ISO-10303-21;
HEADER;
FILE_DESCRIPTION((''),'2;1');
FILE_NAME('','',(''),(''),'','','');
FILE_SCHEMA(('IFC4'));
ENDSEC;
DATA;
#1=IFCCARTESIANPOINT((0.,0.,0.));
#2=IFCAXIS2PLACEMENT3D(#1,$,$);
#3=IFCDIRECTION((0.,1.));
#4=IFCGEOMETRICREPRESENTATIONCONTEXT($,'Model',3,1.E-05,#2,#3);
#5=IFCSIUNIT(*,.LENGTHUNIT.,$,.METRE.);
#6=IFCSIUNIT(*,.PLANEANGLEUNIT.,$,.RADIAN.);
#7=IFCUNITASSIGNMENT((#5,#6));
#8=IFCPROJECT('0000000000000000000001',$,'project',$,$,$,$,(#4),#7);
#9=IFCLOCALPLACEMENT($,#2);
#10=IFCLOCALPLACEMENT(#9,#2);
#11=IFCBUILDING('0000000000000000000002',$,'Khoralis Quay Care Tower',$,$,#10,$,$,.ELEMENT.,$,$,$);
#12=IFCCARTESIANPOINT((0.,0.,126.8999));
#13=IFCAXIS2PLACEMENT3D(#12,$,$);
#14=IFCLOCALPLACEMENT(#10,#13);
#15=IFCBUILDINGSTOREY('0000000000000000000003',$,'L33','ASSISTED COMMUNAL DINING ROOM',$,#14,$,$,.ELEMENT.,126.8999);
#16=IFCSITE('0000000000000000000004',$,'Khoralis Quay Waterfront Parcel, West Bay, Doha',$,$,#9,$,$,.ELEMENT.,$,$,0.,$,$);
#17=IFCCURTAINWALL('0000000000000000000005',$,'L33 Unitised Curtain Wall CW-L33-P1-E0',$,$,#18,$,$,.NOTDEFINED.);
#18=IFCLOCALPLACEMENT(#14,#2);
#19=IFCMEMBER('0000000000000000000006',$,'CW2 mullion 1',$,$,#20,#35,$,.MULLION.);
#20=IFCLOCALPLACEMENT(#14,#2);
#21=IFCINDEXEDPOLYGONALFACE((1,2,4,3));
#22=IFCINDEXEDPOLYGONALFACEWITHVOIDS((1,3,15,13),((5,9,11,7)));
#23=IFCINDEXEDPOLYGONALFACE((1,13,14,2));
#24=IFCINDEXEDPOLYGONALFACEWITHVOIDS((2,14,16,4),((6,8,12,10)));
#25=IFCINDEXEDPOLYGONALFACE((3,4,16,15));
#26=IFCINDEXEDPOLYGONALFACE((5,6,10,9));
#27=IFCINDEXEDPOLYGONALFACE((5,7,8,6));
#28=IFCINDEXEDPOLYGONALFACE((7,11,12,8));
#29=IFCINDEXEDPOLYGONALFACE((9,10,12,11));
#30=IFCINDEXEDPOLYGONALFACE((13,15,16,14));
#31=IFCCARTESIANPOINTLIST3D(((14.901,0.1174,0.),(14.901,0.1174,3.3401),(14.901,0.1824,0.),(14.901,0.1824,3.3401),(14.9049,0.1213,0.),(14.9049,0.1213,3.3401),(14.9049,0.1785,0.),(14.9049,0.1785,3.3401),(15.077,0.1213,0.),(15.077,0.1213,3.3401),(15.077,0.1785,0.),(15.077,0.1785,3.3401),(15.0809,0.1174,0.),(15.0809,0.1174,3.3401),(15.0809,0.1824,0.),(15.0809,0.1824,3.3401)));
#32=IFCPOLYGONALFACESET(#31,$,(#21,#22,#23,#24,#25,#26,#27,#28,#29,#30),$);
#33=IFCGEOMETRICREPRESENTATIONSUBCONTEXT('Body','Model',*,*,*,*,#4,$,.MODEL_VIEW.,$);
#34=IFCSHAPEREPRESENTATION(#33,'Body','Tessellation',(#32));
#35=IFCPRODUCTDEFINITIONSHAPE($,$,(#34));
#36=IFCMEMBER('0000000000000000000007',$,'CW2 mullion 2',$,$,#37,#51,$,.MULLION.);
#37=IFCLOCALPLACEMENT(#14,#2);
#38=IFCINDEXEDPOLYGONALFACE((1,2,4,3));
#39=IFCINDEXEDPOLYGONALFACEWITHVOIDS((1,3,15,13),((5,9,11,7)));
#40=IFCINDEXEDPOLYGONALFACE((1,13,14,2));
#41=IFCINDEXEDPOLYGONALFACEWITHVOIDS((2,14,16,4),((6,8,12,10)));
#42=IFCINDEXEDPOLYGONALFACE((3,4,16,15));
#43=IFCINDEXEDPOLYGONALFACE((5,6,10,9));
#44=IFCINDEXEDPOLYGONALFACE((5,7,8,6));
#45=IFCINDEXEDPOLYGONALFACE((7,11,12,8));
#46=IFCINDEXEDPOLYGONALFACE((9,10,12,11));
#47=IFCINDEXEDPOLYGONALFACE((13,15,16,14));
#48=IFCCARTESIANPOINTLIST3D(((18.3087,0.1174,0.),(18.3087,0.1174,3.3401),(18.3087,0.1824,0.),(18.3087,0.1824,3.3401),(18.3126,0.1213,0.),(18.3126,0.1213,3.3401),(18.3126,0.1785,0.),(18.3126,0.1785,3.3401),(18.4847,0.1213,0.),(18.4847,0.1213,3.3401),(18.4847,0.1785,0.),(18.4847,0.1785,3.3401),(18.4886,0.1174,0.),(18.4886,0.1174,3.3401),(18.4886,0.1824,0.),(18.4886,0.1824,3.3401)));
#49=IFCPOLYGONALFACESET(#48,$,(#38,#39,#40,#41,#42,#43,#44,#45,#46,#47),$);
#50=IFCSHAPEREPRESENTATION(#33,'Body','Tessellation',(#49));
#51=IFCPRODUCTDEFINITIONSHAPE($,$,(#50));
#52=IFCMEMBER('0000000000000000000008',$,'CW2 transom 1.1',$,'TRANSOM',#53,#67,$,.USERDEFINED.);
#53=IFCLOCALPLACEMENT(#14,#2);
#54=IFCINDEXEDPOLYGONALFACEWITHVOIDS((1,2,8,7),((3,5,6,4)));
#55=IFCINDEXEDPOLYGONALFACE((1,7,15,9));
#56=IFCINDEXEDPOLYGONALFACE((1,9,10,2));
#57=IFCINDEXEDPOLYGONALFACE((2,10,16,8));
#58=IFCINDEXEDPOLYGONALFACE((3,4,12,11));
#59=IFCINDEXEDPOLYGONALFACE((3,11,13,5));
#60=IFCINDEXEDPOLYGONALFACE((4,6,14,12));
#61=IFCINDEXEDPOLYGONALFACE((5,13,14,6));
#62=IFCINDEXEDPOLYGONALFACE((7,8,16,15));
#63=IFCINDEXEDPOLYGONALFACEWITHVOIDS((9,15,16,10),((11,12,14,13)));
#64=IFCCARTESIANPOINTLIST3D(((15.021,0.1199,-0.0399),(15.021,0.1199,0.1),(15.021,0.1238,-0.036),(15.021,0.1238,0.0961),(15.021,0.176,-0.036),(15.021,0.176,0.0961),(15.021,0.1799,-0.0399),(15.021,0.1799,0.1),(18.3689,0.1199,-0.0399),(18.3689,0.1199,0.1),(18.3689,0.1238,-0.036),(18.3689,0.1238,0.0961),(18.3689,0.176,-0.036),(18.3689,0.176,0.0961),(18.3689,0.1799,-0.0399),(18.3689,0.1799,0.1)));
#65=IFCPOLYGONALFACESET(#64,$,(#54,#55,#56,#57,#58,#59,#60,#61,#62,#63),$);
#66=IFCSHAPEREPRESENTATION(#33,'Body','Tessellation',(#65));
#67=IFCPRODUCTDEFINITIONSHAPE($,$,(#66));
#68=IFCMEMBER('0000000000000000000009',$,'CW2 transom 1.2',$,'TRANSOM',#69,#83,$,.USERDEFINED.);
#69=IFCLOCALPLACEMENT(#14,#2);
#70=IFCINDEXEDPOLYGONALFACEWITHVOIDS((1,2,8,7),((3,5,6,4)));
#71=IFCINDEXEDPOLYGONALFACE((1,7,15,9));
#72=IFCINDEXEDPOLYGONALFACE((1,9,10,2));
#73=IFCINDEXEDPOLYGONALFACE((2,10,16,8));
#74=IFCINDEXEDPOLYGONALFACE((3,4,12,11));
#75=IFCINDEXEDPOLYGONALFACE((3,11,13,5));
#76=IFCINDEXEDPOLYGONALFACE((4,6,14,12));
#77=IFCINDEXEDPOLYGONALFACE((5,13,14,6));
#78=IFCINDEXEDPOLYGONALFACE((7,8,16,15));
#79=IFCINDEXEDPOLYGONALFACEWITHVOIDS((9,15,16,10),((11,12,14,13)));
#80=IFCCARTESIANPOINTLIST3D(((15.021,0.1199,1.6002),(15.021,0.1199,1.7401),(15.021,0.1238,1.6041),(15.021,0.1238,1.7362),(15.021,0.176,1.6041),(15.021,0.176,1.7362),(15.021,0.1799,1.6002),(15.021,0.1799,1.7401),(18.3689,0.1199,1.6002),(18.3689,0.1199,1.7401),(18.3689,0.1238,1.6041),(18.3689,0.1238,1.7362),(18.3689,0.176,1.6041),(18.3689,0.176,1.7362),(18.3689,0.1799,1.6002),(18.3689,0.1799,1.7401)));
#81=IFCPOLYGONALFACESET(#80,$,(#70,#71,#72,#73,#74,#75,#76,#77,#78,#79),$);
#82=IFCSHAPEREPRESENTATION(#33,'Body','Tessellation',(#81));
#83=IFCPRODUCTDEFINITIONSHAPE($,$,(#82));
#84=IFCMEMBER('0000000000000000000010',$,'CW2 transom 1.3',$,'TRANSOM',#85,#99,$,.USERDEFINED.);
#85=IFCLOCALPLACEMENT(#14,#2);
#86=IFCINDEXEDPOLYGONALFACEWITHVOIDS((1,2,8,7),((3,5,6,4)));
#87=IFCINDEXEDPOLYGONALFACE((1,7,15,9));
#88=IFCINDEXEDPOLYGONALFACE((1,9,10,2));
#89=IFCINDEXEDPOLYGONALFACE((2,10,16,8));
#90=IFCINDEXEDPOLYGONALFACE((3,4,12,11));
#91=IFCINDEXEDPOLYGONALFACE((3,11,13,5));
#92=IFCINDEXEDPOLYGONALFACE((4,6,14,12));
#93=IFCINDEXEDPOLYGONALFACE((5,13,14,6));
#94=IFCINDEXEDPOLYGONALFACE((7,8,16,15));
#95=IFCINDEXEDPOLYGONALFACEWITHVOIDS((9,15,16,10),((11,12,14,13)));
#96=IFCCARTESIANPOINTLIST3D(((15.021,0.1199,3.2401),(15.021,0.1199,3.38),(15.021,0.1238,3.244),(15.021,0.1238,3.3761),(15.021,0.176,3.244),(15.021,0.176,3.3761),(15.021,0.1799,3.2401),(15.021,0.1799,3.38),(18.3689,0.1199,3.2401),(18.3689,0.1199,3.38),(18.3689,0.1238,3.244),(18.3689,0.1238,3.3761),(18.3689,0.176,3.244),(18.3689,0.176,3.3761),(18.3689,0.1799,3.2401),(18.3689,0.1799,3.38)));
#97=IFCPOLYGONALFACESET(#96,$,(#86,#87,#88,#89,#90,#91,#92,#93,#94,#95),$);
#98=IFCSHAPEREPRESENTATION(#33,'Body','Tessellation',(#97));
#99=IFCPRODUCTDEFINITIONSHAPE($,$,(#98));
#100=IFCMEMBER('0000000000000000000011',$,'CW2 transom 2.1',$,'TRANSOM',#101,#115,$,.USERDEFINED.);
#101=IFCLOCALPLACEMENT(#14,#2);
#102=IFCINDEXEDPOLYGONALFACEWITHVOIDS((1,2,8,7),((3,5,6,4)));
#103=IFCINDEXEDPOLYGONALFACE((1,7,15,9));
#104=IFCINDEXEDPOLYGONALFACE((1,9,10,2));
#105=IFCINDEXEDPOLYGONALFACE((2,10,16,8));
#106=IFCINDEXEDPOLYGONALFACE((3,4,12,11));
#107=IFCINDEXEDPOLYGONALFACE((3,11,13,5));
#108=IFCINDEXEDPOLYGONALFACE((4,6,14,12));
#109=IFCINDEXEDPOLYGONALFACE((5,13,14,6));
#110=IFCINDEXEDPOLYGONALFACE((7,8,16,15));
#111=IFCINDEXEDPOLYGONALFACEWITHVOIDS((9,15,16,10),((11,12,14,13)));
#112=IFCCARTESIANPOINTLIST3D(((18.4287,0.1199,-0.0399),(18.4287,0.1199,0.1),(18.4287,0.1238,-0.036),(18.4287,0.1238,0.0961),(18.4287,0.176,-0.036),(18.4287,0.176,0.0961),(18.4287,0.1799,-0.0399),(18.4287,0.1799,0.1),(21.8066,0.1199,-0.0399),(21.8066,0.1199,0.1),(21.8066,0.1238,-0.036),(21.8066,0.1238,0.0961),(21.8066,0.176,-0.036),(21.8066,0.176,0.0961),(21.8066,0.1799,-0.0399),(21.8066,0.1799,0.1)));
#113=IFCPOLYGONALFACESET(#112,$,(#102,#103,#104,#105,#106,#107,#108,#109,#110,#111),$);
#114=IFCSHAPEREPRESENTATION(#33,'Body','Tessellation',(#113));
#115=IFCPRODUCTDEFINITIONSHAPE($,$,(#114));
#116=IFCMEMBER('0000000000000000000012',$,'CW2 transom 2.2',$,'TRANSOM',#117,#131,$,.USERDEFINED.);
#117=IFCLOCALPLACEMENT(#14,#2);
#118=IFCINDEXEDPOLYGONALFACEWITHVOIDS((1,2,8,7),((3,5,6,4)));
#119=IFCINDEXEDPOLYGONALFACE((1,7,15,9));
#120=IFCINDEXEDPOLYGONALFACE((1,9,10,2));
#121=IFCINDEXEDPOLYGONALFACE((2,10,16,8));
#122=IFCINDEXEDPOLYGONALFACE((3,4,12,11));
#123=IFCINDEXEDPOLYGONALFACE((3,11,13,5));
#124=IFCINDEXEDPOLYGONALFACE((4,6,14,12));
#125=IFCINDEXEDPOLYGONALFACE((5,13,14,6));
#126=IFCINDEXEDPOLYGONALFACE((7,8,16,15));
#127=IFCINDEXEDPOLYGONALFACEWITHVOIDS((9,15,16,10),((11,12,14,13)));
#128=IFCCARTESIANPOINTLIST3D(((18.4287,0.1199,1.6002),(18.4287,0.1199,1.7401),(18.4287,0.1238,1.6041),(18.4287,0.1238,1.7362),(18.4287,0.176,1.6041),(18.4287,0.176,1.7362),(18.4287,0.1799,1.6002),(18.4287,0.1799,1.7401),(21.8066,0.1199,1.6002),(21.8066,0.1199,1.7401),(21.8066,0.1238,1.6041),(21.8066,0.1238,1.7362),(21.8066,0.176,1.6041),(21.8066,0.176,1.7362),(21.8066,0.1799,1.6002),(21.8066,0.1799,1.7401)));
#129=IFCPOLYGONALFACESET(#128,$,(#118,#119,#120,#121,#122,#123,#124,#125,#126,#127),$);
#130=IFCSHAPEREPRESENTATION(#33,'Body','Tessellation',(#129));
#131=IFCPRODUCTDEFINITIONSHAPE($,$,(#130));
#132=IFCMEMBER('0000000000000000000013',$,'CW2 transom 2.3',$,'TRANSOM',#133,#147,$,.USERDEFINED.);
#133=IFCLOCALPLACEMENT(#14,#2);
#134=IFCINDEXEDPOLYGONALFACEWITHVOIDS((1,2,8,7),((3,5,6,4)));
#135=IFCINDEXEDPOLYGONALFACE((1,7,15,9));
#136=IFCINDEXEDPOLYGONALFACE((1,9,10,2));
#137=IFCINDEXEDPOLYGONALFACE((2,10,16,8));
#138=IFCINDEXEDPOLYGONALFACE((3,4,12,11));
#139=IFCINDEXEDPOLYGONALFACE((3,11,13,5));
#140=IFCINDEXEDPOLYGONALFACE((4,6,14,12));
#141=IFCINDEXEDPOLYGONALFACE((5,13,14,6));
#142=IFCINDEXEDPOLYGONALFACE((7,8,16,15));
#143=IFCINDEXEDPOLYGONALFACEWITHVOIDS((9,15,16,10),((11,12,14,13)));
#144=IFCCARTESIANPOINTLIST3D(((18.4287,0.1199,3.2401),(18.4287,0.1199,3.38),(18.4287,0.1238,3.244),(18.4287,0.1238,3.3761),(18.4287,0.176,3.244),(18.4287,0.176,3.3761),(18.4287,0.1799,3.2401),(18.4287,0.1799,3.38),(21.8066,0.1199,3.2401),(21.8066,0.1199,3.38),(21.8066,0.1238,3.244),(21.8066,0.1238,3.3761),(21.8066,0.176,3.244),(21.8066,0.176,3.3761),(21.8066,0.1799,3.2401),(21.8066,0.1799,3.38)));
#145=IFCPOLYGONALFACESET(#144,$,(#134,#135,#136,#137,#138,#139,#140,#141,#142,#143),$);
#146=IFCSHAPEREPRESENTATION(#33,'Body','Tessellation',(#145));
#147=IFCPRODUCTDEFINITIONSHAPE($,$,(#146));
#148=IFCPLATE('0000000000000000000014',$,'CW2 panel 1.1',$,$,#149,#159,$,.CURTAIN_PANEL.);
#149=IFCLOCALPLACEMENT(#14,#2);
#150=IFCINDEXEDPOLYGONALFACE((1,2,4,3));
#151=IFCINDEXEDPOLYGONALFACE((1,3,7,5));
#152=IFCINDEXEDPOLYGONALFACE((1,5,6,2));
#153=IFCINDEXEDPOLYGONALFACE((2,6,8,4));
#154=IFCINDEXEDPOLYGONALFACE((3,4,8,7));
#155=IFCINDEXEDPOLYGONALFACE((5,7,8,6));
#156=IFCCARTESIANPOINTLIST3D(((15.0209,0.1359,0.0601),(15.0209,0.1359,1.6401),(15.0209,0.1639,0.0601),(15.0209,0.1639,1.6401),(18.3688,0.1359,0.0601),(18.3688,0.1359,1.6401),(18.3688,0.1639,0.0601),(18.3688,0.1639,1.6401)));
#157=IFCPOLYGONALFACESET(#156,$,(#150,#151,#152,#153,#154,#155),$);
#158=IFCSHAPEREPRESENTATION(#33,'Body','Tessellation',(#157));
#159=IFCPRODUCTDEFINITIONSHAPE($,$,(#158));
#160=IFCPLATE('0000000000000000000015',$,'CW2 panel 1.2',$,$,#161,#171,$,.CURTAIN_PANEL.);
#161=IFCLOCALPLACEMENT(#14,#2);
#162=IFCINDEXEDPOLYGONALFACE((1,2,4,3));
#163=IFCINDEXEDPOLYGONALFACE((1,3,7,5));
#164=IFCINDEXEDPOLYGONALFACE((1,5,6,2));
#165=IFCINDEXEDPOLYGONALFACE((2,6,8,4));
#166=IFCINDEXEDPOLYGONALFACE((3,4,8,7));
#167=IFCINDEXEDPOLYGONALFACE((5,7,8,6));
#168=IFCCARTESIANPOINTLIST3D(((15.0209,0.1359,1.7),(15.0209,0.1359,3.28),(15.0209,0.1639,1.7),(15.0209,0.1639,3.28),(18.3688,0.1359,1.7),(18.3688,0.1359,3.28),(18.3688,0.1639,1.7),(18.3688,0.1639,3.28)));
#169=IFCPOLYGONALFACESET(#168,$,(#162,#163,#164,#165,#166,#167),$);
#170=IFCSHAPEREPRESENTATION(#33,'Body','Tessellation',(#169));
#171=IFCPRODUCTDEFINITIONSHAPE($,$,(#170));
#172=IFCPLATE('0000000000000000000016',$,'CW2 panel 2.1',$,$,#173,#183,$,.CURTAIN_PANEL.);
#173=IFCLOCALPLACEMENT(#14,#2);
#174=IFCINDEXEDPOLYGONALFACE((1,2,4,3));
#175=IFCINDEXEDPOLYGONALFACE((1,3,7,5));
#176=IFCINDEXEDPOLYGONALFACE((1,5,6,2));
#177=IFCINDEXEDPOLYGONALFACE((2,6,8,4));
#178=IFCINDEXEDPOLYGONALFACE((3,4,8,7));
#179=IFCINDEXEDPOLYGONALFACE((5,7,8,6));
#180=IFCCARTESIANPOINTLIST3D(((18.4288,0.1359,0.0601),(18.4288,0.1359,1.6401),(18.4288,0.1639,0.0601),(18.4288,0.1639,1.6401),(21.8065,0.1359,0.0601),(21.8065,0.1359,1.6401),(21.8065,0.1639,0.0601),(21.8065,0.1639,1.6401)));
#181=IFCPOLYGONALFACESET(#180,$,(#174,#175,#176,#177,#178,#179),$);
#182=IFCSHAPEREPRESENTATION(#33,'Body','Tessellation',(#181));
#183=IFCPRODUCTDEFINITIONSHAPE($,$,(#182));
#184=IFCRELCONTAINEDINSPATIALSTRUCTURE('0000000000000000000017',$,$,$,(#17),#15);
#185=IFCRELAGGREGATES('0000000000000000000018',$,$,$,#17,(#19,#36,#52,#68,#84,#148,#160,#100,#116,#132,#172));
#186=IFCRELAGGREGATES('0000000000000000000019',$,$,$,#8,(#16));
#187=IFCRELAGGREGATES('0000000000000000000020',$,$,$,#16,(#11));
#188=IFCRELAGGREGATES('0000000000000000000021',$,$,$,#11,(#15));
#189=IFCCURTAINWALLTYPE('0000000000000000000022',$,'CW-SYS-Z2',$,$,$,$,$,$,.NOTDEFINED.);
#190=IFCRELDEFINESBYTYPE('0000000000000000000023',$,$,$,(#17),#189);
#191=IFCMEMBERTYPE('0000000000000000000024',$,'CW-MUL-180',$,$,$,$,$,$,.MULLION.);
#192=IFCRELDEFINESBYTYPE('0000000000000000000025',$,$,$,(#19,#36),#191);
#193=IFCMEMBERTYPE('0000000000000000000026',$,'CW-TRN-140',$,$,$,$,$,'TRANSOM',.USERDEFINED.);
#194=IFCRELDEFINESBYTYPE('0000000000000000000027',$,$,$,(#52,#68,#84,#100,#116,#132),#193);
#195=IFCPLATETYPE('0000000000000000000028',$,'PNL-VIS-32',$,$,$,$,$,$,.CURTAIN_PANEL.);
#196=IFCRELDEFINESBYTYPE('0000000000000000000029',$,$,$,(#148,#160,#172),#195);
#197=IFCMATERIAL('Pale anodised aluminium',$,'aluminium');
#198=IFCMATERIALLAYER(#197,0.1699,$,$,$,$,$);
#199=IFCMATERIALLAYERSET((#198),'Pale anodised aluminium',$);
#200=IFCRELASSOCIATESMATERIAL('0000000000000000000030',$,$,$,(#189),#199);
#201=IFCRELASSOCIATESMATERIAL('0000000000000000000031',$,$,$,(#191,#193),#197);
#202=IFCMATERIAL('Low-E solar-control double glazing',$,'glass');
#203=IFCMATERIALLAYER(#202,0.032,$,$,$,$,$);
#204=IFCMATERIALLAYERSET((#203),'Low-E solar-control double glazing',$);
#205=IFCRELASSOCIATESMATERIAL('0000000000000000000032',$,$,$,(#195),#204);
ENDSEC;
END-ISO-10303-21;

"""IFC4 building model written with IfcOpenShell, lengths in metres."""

from ifc_helpers import new_model, si_unit, direction, frame, origin, origin_2d, place, context, subcontext, project, spatial, rectangle, hollow_rectangle, extrude, source, transform, mapped, material, layer, layer_set, material_profile, profile_set, type_object, element, aggregate, save


model = new_model("IFC4")

# Units and contexts
model_context = context("Model", 3, precision=1e-05, world=origin(), true_north=direction((0.0, 1.0)))
body_context = subcontext(model_context, "Body", "Model", "MODEL_VIEW")
ifc_project = project(units=[si_unit("LENGTHUNIT", "METRE"), si_unit("PLANEANGLEUNIT", "RADIAN")], contexts=[model_context])

# Site, building, storey
site_placement = place(None, origin())
site = spatial("IfcSite", under=ifc_project, at=site_placement, Name="Khoralis Quay Waterfront Parcel, West Bay, Doha", CompositionType="ELEMENT", RefElevation=0.0)
building_placement = place(site_placement, origin())
building = spatial("IfcBuilding", under=site, at=building_placement, Name="Khoralis Quay Care Tower", CompositionType="ELEMENT")
storey_placement = place(building_placement, frame((0.0, 0.0, 126.8999)))
storey = spatial("IfcBuildingStorey", under=building, at=storey_placement, Name="L33", Description="ASSISTED COMMUNAL DINING ROOM", CompositionType="ELEMENT", Elevation=126.8999)

# Curtain wall, members, plates
ifc_material_1 = material(Name="Pale anodised aluminium", Category="aluminium")
ifc_layer_1 = layer(ifc_material_1, 0.1699)
ifc_layer_set_1 = layer_set([ifc_layer_1], Name="Pale anodised aluminium")
curtain_wall_type = type_object("IfcCurtainWallType", Name="CW-SYS-Z2", PredefinedType="NOTDEFINED", material=ifc_layer_set_1)
curtain_wall_placement = place(storey_placement, origin())
curtain_wall = element("IfcCurtainWall", 1, at=curtain_wall_placement, inside=storey, type_object=curtain_wall_type, Name="L33 Unitised Curtain Wall CW-L33-P1-E0", PredefinedType="NOTDEFINED")
ifc_material_profile_1 = material_profile(ifc_material_1, hollow_rectangle(XDim=0.0649, YDim=0.1799, WallThickness=0.0039, at=origin_2d()), Name="Pale anodised aluminium")
ifc_profile_set_1 = profile_set([ifc_material_profile_1], Name="Pale anodised aluminium")
member_type_1 = type_object("IfcMemberType", Name="CW-MUL-180", PredefinedType="MULLION", material=ifc_profile_set_1)
shared_shape_1 = source(origin(), body_context, "Body", "SweptSolid", [
    extrude(hollow_rectangle(XDim=0.0649, YDim=0.1799, WallThickness=0.0039, at=origin_2d()), origin(), (0.0, 0.0, 1.0), 3.3401),
])
member_1_placement = place(storey_placement, frame((14.991, 0.1499, 0.0), z_axis=(0.0, 0.0, 1.0), x_axis=(0.0, 1.0, 0.0)))
member_1 = element("IfcMember", 2, at=member_1_placement, type_object=member_type_1, Name="CW2 mullion 1", PredefinedType="MULLION", context=body_context, shape_type="MappedRepresentation", body=[
    mapped(shared_shape_1, transform((0.0, 0.0, 0.0), scale=1.0)),
])
member_2_placement = place(storey_placement, frame((18.3987, 0.1499, 0.0), z_axis=(0.0, 0.0, 1.0), x_axis=(0.0, 1.0, 0.0)))
member_2 = element("IfcMember", 3, at=member_2_placement, type_object=member_type_1, Name="CW2 mullion 2", PredefinedType="MULLION", context=body_context, shape_type="MappedRepresentation", body=[
    mapped(shared_shape_1, transform((0.0, 0.0, 0.0), scale=1.0)),
])
ifc_material_profile_2 = material_profile(ifc_material_1, hollow_rectangle(XDim=0.0601, YDim=0.1399, WallThickness=0.0039, at=origin_2d()), Name="Pale anodised aluminium")
ifc_profile_set_2 = profile_set([ifc_material_profile_2], Name="Pale anodised aluminium")
member_type_2 = type_object("IfcMemberType", Name="CW-TRN-140", ElementType="TRANSOM", PredefinedType="USERDEFINED", material=ifc_profile_set_2)
shared_shape_2 = source(origin(), body_context, "Body", "SweptSolid", [
    extrude(hollow_rectangle(XDim=0.0601, YDim=0.1399, WallThickness=0.0039, at=origin_2d()), origin(), (0.0, 0.0, 1.0), 3.3479),
])
member_3_placement = place(storey_placement, frame((15.021, 0.1499, 0.03), z_axis=(1.0, 0.0, 0.0), x_axis=(0.0, 1.0, 0.0)))
member_3 = element("IfcMember", 4, at=member_3_placement, type_object=member_type_2, Name="CW2 transom 1.1", ObjectType="TRANSOM", PredefinedType="USERDEFINED", context=body_context, shape_type="MappedRepresentation", body=[
    mapped(shared_shape_2, transform((0.0, 0.0, 0.0), scale=1.0)),
])
member_4_placement = place(storey_placement, frame((15.021, 0.1499, 1.6702), z_axis=(1.0, 0.0, 0.0), x_axis=(0.0, 1.0, 0.0)))
member_4 = element("IfcMember", 5, at=member_4_placement, type_object=member_type_2, Name="CW2 transom 1.2", ObjectType="TRANSOM", PredefinedType="USERDEFINED", context=body_context, shape_type="MappedRepresentation", body=[
    mapped(shared_shape_2, transform((0.0, 0.0, 0.0), scale=1.0)),
])
member_5_placement = place(storey_placement, frame((15.021, 0.1499, 3.3101), z_axis=(1.0, 0.0, 0.0), x_axis=(0.0, 1.0, 0.0)))
member_5 = element("IfcMember", 6, at=member_5_placement, type_object=member_type_2, Name="CW2 transom 1.3", ObjectType="TRANSOM", PredefinedType="USERDEFINED", context=body_context, shape_type="MappedRepresentation", body=[
    mapped(shared_shape_2, transform((0.0, 0.0, 0.0), scale=1.0)),
])
shared_shape_3 = source(origin(), body_context, "Body", "SweptSolid", [
    extrude(hollow_rectangle(XDim=0.0601, YDim=0.1399, WallThickness=0.0039, at=origin_2d()), origin(), (0.0, 0.0, 1.0), 3.3779),
])
member_6_placement = place(storey_placement, frame((18.4287, 0.1499, 0.03), z_axis=(1.0, 0.0, 0.0), x_axis=(0.0, 1.0, 0.0)))
member_6 = element("IfcMember", 7, at=member_6_placement, type_object=member_type_2, Name="CW2 transom 2.1", ObjectType="TRANSOM", PredefinedType="USERDEFINED", context=body_context, shape_type="MappedRepresentation", body=[
    mapped(shared_shape_3, transform((0.0, 0.0, 0.0), scale=1.0)),
])
member_7_placement = place(storey_placement, frame((18.4287, 0.1499, 1.6702), z_axis=(1.0, 0.0, 0.0), x_axis=(0.0, 1.0, 0.0)))
member_7 = element("IfcMember", 8, at=member_7_placement, type_object=member_type_2, Name="CW2 transom 2.2", ObjectType="TRANSOM", PredefinedType="USERDEFINED", context=body_context, shape_type="MappedRepresentation", body=[
    mapped(shared_shape_3, transform((0.0, 0.0, 0.0), scale=1.0)),
])
member_8_placement = place(storey_placement, frame((18.4287, 0.1499, 3.3101), z_axis=(1.0, 0.0, 0.0), x_axis=(0.0, 1.0, 0.0)))
member_8 = element("IfcMember", 9, at=member_8_placement, type_object=member_type_2, Name="CW2 transom 2.3", ObjectType="TRANSOM", PredefinedType="USERDEFINED", context=body_context, shape_type="MappedRepresentation", body=[
    mapped(shared_shape_3, transform((0.0, 0.0, 0.0), scale=1.0)),
])
ifc_material_2 = material(Name="Low-E solar-control double glazing", Category="glass")
ifc_layer_2 = layer(ifc_material_2, 0.032)
ifc_layer_set_2 = layer_set([ifc_layer_2], Name="Low-E solar-control double glazing")
plate_type = type_object("IfcPlateType", Name="PNL-VIS-32", PredefinedType="CURTAIN_PANEL", material=ifc_layer_set_2)
shared_shape_4 = source(origin(), body_context, "Body", "SweptSolid", [
    extrude(rectangle(XDim=3.3479, YDim=0.0281, at=origin_2d()), origin(), (0.0, 0.0, 1.0), 1.5801),
])
plate_1_placement = place(storey_placement, frame((16.6948, 0.1499, 0.0601), z_axis=(0.0, 0.0, 1.0), x_axis=(1.0, 0.0, 0.0)))
plate_1 = element("IfcPlate", 10, at=plate_1_placement, type_object=plate_type, Name="CW2 panel 1.1", PredefinedType="CURTAIN_PANEL", context=body_context, shape_type="MappedRepresentation", body=[
    mapped(shared_shape_4, transform((0.0, 0.0, 0.0), scale=1.0)),
])
plate_2_placement = place(storey_placement, frame((16.6948, 0.1499, 1.7), z_axis=(0.0, 0.0, 1.0), x_axis=(1.0, 0.0, 0.0)))
plate_2 = element("IfcPlate", 11, at=plate_2_placement, type_object=plate_type, Name="CW2 panel 1.2", PredefinedType="CURTAIN_PANEL", context=body_context, shape_type="MappedRepresentation", body=[
    mapped(shared_shape_4, transform((0.0, 0.0, 0.0), scale=1.0)),
])
shared_shape_5 = source(origin(), body_context, "Body", "SweptSolid", [
    extrude(rectangle(XDim=3.3777, YDim=0.0281, at=origin_2d()), origin(), (0.0, 0.0, 1.0), 1.5801),
])
plate_3_placement = place(storey_placement, frame((20.1177, 0.1499, 0.0601), z_axis=(0.0, 0.0, 1.0), x_axis=(1.0, 0.0, 0.0)))
plate_3 = element("IfcPlate", 12, at=plate_3_placement, type_object=plate_type, Name="CW2 panel 2.1", PredefinedType="CURTAIN_PANEL", context=body_context, shape_type="MappedRepresentation", body=[
    mapped(shared_shape_5, transform((0.0, 0.0, 0.0), scale=1.0)),
])
aggregate(curtain_wall, [member_1, member_2, member_3, member_4, member_5, plate_1, plate_2, member_6, member_7, member_8, plate_3])

save(model, "model.ifc")
